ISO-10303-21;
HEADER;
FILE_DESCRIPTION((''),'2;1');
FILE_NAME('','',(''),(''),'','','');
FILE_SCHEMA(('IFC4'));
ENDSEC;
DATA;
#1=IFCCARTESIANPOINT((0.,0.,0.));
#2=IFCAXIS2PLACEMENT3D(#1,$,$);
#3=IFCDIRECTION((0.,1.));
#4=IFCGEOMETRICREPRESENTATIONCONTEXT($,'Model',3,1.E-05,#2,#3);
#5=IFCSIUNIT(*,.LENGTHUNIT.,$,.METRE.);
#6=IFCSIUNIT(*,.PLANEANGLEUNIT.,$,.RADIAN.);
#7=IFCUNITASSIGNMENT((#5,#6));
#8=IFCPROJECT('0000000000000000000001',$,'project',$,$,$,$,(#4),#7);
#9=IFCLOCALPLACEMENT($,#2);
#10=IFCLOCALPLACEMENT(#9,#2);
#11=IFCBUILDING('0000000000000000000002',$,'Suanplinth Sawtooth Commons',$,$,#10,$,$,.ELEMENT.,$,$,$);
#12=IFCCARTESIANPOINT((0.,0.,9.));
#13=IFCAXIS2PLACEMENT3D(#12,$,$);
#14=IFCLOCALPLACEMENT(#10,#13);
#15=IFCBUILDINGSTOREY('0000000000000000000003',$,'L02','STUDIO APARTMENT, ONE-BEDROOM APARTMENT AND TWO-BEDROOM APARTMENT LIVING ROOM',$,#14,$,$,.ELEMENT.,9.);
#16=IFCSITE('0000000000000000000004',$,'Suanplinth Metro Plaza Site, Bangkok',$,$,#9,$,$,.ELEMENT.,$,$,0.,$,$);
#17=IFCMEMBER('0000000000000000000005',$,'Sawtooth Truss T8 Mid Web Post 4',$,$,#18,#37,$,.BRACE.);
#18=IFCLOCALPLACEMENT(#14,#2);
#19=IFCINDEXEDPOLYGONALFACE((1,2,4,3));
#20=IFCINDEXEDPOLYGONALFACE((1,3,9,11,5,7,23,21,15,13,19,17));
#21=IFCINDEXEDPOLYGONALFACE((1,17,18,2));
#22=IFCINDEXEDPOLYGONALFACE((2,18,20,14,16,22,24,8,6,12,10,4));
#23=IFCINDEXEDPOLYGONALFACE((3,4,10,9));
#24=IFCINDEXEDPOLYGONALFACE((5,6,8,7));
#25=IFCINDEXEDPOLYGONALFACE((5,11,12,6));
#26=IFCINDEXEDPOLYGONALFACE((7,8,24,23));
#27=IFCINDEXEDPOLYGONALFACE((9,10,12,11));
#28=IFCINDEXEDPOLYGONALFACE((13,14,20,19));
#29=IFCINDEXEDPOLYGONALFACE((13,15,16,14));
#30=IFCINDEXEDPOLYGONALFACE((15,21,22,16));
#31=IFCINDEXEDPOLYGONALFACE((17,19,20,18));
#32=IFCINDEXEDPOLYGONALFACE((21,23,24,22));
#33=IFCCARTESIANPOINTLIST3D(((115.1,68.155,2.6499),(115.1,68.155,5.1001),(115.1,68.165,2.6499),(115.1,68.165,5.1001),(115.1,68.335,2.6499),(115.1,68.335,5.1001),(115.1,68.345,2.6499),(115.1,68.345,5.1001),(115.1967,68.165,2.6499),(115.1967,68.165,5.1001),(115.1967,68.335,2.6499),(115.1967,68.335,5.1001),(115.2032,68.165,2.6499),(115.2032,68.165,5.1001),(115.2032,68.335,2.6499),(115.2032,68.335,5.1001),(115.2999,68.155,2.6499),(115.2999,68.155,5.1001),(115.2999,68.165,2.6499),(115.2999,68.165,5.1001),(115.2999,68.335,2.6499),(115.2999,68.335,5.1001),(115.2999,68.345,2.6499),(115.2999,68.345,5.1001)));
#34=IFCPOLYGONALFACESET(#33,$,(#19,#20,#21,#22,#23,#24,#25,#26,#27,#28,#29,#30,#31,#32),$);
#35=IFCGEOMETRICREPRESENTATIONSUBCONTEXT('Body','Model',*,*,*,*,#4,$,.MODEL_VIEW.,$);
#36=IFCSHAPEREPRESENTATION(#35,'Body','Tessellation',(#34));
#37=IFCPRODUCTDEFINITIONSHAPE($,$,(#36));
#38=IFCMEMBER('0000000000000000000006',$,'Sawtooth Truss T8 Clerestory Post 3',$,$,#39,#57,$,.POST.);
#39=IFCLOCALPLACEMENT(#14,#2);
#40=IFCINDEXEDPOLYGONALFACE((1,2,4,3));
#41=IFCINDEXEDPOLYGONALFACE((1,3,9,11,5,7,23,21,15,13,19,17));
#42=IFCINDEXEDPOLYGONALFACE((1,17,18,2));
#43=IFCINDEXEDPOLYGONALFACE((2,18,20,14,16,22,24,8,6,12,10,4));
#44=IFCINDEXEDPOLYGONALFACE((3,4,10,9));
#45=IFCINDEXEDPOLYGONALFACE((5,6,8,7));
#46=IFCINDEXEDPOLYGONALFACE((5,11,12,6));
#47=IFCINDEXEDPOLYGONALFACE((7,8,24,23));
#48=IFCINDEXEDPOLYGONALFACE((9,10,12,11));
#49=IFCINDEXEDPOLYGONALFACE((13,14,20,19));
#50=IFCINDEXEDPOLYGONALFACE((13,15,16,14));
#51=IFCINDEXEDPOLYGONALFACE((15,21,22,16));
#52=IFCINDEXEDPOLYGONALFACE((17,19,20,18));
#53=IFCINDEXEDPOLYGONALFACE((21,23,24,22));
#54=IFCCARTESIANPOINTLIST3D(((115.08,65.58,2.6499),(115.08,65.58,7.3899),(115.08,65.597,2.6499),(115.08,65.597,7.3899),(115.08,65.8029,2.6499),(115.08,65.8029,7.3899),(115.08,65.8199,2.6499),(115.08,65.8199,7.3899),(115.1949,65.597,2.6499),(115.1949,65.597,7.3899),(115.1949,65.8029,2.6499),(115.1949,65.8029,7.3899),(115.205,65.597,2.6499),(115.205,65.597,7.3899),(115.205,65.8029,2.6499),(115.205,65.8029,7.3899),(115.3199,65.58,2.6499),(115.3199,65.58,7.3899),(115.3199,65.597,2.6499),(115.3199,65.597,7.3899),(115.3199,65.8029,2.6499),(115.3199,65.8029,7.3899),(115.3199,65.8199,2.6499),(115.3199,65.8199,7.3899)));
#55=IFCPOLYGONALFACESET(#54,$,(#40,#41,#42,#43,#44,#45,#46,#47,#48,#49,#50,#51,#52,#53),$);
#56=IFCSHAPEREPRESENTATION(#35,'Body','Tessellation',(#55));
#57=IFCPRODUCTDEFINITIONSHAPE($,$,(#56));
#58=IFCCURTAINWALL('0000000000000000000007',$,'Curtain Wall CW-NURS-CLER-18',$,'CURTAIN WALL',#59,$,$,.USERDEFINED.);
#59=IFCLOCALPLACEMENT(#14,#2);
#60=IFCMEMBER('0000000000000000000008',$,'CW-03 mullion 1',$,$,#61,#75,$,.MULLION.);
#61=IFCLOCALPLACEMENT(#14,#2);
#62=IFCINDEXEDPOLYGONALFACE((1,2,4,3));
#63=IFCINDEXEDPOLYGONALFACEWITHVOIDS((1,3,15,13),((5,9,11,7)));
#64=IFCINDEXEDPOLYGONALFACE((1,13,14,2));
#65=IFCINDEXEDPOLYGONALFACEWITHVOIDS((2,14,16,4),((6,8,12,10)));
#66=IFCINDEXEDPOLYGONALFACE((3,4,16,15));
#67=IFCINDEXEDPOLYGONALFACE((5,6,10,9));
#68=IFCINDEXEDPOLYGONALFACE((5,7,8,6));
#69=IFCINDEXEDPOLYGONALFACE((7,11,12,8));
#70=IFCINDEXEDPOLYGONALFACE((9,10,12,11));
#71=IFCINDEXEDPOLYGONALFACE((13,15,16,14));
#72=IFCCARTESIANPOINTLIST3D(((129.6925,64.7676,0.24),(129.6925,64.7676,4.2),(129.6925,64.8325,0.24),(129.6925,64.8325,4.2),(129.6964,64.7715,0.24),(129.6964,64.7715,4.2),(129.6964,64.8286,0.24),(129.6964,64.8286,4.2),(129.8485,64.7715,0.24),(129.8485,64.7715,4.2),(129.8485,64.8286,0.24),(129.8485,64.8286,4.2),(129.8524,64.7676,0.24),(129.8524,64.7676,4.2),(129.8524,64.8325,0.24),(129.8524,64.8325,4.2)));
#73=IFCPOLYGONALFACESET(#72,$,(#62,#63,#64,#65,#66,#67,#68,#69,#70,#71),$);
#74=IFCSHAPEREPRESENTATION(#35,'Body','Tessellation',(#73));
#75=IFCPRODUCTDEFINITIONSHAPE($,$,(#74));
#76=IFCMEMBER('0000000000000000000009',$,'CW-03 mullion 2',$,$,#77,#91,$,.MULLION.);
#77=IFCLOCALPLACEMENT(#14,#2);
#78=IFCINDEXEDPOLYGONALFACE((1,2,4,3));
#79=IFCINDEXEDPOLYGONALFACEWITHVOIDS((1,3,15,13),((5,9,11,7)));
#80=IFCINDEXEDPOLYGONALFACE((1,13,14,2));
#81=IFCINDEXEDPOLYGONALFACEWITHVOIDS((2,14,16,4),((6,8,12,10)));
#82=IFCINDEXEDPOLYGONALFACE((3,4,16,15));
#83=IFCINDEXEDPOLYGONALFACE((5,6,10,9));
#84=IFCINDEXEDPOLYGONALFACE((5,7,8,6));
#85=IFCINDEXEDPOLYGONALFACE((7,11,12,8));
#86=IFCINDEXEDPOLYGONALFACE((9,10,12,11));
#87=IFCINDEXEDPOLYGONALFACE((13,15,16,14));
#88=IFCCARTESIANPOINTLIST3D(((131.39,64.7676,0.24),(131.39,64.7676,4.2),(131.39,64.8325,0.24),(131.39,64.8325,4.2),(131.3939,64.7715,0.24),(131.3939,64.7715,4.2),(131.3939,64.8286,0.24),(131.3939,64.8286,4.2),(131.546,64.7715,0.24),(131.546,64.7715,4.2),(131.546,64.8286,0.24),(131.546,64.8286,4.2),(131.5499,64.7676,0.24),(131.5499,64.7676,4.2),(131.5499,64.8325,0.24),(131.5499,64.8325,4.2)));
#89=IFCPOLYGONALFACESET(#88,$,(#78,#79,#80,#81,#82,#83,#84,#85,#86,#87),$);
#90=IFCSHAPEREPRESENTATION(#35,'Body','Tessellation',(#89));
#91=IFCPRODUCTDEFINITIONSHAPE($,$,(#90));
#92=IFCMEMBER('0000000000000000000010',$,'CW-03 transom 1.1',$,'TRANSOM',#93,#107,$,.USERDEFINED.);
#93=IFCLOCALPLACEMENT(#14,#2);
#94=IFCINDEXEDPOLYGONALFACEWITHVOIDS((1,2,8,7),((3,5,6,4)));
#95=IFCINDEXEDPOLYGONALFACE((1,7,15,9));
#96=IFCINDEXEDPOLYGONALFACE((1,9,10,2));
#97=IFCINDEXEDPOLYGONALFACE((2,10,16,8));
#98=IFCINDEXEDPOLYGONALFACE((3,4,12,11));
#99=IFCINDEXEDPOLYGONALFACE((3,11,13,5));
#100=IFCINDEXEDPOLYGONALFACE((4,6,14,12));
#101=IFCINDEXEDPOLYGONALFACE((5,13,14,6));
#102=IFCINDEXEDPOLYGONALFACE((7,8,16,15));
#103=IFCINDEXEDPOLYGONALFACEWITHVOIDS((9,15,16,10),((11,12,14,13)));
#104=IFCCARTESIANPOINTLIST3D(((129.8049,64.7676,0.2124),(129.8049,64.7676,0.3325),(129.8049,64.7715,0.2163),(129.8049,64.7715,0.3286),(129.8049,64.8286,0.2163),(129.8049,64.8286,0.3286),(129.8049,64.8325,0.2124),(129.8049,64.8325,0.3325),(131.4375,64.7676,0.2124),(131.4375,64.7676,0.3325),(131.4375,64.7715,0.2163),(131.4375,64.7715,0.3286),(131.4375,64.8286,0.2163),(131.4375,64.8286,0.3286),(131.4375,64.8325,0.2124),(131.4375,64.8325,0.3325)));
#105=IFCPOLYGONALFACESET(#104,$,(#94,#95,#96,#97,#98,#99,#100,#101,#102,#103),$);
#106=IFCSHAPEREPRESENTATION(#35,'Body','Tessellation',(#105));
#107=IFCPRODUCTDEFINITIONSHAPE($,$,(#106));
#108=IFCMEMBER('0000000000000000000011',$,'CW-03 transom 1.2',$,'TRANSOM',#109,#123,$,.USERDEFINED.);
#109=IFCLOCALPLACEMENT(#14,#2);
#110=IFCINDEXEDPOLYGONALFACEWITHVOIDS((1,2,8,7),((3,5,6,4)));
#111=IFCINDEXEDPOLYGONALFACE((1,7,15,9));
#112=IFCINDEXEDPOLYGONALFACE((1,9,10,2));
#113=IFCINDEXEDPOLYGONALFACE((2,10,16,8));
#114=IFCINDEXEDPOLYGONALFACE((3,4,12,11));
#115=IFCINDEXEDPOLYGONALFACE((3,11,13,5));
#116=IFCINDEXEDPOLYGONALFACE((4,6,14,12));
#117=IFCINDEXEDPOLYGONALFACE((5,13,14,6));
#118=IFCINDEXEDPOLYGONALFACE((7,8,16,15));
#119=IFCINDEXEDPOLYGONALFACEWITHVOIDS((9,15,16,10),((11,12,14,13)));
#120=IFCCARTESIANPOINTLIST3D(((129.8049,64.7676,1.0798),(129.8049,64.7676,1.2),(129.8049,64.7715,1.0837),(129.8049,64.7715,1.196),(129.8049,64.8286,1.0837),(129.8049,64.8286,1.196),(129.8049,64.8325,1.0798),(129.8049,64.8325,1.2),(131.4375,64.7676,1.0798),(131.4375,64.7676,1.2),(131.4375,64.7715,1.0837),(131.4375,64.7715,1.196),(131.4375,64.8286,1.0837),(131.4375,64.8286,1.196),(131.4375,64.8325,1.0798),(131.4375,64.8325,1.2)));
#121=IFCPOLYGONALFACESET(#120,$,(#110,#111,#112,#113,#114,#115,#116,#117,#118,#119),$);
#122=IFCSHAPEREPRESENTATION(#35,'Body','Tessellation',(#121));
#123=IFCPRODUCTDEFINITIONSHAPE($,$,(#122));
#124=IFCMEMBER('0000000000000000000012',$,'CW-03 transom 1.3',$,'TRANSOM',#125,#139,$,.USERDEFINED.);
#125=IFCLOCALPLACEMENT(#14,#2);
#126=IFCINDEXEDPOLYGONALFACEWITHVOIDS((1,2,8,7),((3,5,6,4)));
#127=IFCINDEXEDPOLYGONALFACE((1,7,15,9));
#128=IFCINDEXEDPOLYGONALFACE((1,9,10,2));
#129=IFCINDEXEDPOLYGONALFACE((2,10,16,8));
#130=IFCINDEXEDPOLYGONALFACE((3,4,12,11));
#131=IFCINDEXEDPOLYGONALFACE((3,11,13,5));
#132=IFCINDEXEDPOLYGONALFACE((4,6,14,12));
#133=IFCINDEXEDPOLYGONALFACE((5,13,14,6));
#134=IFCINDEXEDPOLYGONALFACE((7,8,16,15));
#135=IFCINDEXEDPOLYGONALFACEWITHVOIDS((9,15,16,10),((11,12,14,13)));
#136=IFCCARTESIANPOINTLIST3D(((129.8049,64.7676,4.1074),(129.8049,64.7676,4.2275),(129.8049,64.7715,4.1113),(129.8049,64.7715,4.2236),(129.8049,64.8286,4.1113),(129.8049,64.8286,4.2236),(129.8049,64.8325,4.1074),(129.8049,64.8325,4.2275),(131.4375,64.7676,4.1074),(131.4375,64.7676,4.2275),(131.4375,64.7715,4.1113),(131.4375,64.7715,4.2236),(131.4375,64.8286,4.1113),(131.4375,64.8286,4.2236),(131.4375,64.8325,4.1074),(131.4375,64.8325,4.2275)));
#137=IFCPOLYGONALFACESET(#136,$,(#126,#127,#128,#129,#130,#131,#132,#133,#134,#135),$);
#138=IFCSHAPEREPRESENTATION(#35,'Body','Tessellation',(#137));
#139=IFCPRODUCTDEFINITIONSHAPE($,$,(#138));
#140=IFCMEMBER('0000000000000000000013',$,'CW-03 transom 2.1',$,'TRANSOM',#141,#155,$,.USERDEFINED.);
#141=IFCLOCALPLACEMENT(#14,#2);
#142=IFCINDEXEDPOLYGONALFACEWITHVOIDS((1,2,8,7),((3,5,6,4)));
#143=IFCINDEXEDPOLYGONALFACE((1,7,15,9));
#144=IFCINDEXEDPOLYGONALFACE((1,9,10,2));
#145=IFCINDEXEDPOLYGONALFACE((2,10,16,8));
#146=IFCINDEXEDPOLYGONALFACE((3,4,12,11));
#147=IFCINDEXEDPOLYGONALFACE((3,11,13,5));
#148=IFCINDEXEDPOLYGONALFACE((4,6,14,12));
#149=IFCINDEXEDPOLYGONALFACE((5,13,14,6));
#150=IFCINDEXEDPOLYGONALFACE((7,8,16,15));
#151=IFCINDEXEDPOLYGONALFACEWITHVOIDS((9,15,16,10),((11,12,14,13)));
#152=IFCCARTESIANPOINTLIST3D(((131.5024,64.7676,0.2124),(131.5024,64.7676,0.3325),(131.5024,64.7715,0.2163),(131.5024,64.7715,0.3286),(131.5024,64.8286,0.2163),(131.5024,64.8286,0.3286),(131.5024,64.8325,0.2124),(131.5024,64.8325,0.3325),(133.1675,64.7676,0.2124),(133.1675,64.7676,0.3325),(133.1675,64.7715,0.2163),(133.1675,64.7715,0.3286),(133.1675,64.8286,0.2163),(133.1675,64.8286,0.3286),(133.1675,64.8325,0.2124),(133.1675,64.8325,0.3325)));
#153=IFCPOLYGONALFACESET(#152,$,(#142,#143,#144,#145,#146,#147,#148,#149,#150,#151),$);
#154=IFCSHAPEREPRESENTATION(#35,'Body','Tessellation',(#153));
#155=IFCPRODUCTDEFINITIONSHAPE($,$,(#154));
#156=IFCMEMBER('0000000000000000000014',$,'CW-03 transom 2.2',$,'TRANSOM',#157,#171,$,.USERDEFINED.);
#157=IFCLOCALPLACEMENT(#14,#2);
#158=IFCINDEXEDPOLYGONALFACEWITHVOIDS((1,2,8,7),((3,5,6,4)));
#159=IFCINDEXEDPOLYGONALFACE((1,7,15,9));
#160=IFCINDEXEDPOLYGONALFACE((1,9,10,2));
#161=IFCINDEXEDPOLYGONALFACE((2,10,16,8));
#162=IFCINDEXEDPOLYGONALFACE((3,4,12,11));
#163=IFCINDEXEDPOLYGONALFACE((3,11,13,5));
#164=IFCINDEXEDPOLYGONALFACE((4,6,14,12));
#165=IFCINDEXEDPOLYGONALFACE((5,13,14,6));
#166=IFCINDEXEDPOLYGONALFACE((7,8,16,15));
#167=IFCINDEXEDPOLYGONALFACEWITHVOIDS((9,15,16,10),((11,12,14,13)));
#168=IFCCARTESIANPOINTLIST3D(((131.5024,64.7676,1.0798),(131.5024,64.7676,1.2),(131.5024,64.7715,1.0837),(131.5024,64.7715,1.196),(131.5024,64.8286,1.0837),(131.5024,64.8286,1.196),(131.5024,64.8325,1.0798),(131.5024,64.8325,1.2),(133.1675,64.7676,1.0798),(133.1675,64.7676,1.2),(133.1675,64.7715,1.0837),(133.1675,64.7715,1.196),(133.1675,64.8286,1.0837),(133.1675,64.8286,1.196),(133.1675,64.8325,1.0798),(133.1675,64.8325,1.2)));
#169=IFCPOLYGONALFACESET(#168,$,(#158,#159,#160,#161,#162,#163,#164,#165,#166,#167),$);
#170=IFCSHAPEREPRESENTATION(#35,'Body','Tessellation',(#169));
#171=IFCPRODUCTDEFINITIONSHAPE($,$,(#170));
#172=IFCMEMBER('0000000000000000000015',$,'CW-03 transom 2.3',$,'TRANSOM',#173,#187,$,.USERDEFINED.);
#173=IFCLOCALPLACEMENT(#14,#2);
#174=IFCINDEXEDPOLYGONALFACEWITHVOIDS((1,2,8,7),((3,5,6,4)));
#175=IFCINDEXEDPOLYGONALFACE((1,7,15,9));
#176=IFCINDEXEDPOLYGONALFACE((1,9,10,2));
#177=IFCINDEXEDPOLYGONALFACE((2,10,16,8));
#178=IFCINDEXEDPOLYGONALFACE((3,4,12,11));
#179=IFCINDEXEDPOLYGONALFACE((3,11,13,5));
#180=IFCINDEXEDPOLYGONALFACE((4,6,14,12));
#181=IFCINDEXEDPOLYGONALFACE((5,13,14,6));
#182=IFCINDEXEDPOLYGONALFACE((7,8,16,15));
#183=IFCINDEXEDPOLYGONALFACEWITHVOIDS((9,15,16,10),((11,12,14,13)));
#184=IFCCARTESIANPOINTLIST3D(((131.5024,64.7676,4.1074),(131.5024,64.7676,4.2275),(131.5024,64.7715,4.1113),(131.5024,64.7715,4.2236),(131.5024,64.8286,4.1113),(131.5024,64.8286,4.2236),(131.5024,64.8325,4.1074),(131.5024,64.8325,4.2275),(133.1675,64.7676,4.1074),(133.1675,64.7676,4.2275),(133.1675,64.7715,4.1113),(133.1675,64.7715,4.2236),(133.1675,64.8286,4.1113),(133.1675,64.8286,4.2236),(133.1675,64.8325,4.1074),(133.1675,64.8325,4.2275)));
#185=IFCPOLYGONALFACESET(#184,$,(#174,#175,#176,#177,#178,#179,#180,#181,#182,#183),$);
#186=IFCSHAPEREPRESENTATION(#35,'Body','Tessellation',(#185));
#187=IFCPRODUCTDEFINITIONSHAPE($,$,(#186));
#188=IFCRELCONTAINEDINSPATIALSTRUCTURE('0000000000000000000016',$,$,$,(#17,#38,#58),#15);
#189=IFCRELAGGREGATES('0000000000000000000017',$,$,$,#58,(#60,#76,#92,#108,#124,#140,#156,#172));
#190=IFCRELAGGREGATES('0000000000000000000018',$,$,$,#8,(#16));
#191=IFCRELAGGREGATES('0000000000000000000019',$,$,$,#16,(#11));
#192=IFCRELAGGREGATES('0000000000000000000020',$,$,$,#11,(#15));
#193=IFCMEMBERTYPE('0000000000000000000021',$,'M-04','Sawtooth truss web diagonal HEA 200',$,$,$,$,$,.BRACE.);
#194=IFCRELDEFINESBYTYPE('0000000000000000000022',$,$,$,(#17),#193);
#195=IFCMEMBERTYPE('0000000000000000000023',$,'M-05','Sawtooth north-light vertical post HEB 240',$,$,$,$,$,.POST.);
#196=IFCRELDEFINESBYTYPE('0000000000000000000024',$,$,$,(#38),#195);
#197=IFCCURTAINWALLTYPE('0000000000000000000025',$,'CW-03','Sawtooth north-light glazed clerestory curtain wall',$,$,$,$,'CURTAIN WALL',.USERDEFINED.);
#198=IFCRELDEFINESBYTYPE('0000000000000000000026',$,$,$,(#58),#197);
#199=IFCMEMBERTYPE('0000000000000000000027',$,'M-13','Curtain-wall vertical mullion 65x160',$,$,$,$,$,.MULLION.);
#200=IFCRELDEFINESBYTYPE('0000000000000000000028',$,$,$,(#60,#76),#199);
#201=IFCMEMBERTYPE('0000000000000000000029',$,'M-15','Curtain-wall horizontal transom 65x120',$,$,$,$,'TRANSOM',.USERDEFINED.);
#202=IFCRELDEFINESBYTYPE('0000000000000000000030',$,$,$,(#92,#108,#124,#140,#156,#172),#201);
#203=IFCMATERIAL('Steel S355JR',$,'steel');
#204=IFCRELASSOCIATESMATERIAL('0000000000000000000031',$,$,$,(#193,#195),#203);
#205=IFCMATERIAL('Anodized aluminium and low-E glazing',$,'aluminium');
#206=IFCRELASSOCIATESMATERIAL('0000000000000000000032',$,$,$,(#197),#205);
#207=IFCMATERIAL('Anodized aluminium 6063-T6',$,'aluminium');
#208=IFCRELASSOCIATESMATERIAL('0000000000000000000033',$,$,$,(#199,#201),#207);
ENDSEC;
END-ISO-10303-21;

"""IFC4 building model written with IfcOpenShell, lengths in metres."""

from ifc_helpers import new_model, si_unit, direction, frame, origin, origin_2d, place, context, subcontext, project, spatial, hollow_rectangle, i_section, extrude, material, material_profile, profile_set, type_object, element, aggregate, save


model = new_model("IFC4")

# Units and contexts
model_context = context("Model", 3, precision=1e-05, world=origin(), true_north=direction((0.0, 1.0)))
body_context = subcontext(model_context, "Body", "Model", "MODEL_VIEW")
ifc_project = project(units=[si_unit("LENGTHUNIT", "METRE"), si_unit("PLANEANGLEUNIT", "RADIAN")], contexts=[model_context])

# Site, building, storey
site_placement = place(None, origin())
site = spatial("IfcSite", under=ifc_project, at=site_placement, Name="Suanplinth Metro Plaza Site, Bangkok", CompositionType="ELEMENT", RefElevation=0.0)
building_placement = place(site_placement, origin())
building = spatial("IfcBuilding", under=site, at=building_placement, Name="Suanplinth Sawtooth Commons", CompositionType="ELEMENT")
storey_placement = place(building_placement, frame((0.0, 0.0, 9.0)))
storey = spatial("IfcBuildingStorey", under=building, at=storey_placement, Name="L02", Description="STUDIO APARTMENT, ONE-BEDROOM APARTMENT AND TWO-BEDROOM APARTMENT LIVING ROOM", CompositionType="ELEMENT", Elevation=9.0)

# Shared definitions
ifc_material_1 = material(Name="Steel S355JR", Category="steel")

# Members
ifc_material_profile_1 = material_profile(ifc_material_1, i_section(OverallWidth=0.2, OverallDepth=0.1899, WebThickness=0.0066, FlangeThickness=0.01, at=origin_2d()), Name="HEA 200")
ifc_profile_set_1 = profile_set([ifc_material_profile_1], Name="Steel S355JR")
member_type_1 = type_object("IfcMemberType", Name="M-04", Description="Sawtooth truss web diagonal HEA 200", PredefinedType="BRACE", material=ifc_profile_set_1)
member_1_placement = place(storey_placement, frame((115.2, 68.25, 2.6499), z_axis=(0.0, 0.0, 1.0), x_axis=(1.0, 0.0, 0.0)))
element("IfcMember", 1, at=member_1_placement, inside=storey, type_object=member_type_1, Name="Sawtooth Truss T8 Mid Web Post 4", PredefinedType="BRACE", context=body_context, shape_type="SweptSolid", body=[
    extrude(i_section(OverallWidth=0.2, OverallDepth=0.1899, WebThickness=0.0066, FlangeThickness=0.01, at=origin_2d()), origin(), (0.0, 0.0, 1.0), 2.4502),
])
ifc_material_profile_2 = material_profile(ifc_material_1, i_section(OverallWidth=0.24, OverallDepth=0.24, WebThickness=0.01, FlangeThickness=0.0171, at=origin_2d()), Name="HEB 240")
ifc_profile_set_2 = profile_set([ifc_material_profile_2], Name="Steel S355JR")
member_type_2 = type_object("IfcMemberType", Name="M-05", Description="Sawtooth north-light vertical post HEB 240", PredefinedType="POST", material=ifc_profile_set_2)
member_2_placement = place(storey_placement, frame((115.2, 65.7, 2.6499), z_axis=(0.0, 0.0, 1.0), x_axis=(1.0, 0.0, 0.0)))
element("IfcMember", 2, at=member_2_placement, inside=storey, type_object=member_type_2, Name="Sawtooth Truss T8 Clerestory Post 3", PredefinedType="POST", context=body_context, shape_type="SweptSolid", body=[
    extrude(i_section(OverallWidth=0.24, OverallDepth=0.24, WebThickness=0.01, FlangeThickness=0.0171, at=origin_2d()), origin(), (0.0, 0.0, 1.0), 4.74),
])

# Curtain wall, members
ifc_material_2 = material(Name="Anodized aluminium and low-E glazing", Category="aluminium")
curtain_wall_type = type_object("IfcCurtainWallType", Name="CW-03", Description="Sawtooth north-light glazed clerestory curtain wall", ElementType="CURTAIN WALL", PredefinedType="USERDEFINED", material=ifc_material_2)
curtain_wall_placement = place(storey_placement, origin())
curtain_wall = element("IfcCurtainWall", 3, at=curtain_wall_placement, inside=storey, type_object=curtain_wall_type, Name="Curtain Wall CW-NURS-CLER-18", ObjectType="CURTAIN WALL", PredefinedType="USERDEFINED")
ifc_material_3 = material(Name="Anodized aluminium 6063-T6", Category="aluminium")
ifc_material_profile_3 = material_profile(ifc_material_3, hollow_rectangle(XDim=0.0649, YDim=0.1599, WallThickness=0.0039, at=origin_2d()), Name="ALU-MUL 65x160")
ifc_profile_set_3 = profile_set([ifc_material_profile_3], Name="Anodized aluminium 6063-T6")
member_type_3 = type_object("IfcMemberType", Name="M-13", Description="Curtain-wall vertical mullion 65x160", PredefinedType="MULLION", material=ifc_profile_set_3)
member_3_placement = place(storey_placement, frame((129.7725, 64.8, 0.24), z_axis=(0.0, 0.0, 1.0), x_axis=(0.0, 1.0, 0.0)))
member_3 = element("IfcMember", 4, at=member_3_placement, type_object=member_type_3, Name="CW-03 mullion 1", PredefinedType="MULLION", context=body_context, shape_type="SweptSolid", body=[
    extrude(hollow_rectangle(XDim=0.0649, YDim=0.1599, WallThickness=0.0039, at=origin_2d()), origin(), (0.0, 0.0, 1.0), 3.96),
])
member_4_placement = place(storey_placement, frame((131.47, 64.8, 0.24), z_axis=(0.0, 0.0, 1.0), x_axis=(0.0, 1.0, 0.0)))
member_4 = element("IfcMember", 5, at=member_4_placement, type_object=member_type_3, Name="CW-03 mullion 2", PredefinedType="MULLION", context=body_context, shape_type="SweptSolid", body=[
    extrude(hollow_rectangle(XDim=0.0649, YDim=0.1599, WallThickness=0.0039, at=origin_2d()), origin(), (0.0, 0.0, 1.0), 3.96),
])
ifc_material_profile_4 = material_profile(ifc_material_3, hollow_rectangle(XDim=0.0649, YDim=0.1201, WallThickness=0.0039, at=origin_2d()), Name="ALU-TRN 65x120")
ifc_profile_set_4 = profile_set([ifc_material_profile_4], Name="Anodized aluminium 6063-T6")
member_type_4 = type_object("IfcMemberType", Name="M-15", Description="Curtain-wall horizontal transom 65x120", ElementType="TRANSOM", PredefinedType="USERDEFINED", material=ifc_profile_set_4)
member_5_placement = place(storey_placement, frame((129.8049, 64.8, 0.2725), z_axis=(1.0, 0.0, 0.0), x_axis=(0.0, 1.0, 0.0)))
member_5 = element("IfcMember", 6, at=member_5_placement, type_object=member_type_4, Name="CW-03 transom 1.1", ObjectType="TRANSOM", PredefinedType="USERDEFINED", context=body_context, shape_type="SweptSolid", body=[
    extrude(hollow_rectangle(XDim=0.0649, YDim=0.1201, WallThickness=0.0039, at=origin_2d()), origin(), (0.0, 0.0, 1.0), 1.6326),
])
member_6_placement = place(storey_placement, frame((129.8049, 64.8, 1.1399), z_axis=(1.0, 0.0, 0.0), x_axis=(0.0, 1.0, 0.0)))
member_6 = element("IfcMember", 7, at=member_6_placement, type_object=member_type_4, Name="CW-03 transom 1.2", ObjectType="TRANSOM", PredefinedType="USERDEFINED", context=body_context, shape_type="SweptSolid", body=[
    extrude(hollow_rectangle(XDim=0.0649, YDim=0.1201, WallThickness=0.0039, at=origin_2d()), origin(), (0.0, 0.0, 1.0), 1.6326),
])
member_7_placement = place(storey_placement, frame((129.8049, 64.8, 4.1675), z_axis=(1.0, 0.0, 0.0), x_axis=(0.0, 1.0, 0.0)))
member_7 = element("IfcMember", 8, at=member_7_placement, type_object=member_type_4, Name="CW-03 transom 1.3", ObjectType="TRANSOM", PredefinedType="USERDEFINED", context=body_context, shape_type="SweptSolid", body=[
    extrude(hollow_rectangle(XDim=0.0649, YDim=0.1201, WallThickness=0.0039, at=origin_2d()), origin(), (0.0, 0.0, 1.0), 1.6326),
])
member_8_placement = place(storey_placement, frame((131.5024, 64.8, 0.2725), z_axis=(1.0, 0.0, 0.0), x_axis=(0.0, 1.0, 0.0)))
member_8 = element("IfcMember", 9, at=member_8_placement, type_object=member_type_4, Name="CW-03 transom 2.1", ObjectType="TRANSOM", PredefinedType="USERDEFINED", context=body_context, shape_type="SweptSolid", body=[
    extrude(hollow_rectangle(XDim=0.0649, YDim=0.1201, WallThickness=0.0039, at=origin_2d()), origin(), (0.0, 0.0, 1.0), 1.665),
])
member_9_placement = place(storey_placement, frame((131.5024, 64.8, 1.1399), z_axis=(1.0, 0.0, 0.0), x_axis=(0.0, 1.0, 0.0)))
member_9 = element("IfcMember", 10, at=member_9_placement, type_object=member_type_4, Name="CW-03 transom 2.2", ObjectType="TRANSOM", PredefinedType="USERDEFINED", context=body_context, shape_type="SweptSolid", body=[
    extrude(hollow_rectangle(XDim=0.0649, YDim=0.1201, WallThickness=0.0039, at=origin_2d()), origin(), (0.0, 0.0, 1.0), 1.665),
])
member_10_placement = place(storey_placement, frame((131.5024, 64.8, 4.1675), z_axis=(1.0, 0.0, 0.0), x_axis=(0.0, 1.0, 0.0)))
member_10 = element("IfcMember", 11, at=member_10_placement, type_object=member_type_4, Name="CW-03 transom 2.3", ObjectType="TRANSOM", PredefinedType="USERDEFINED", context=body_context, shape_type="SweptSolid", body=[
    extrude(hollow_rectangle(XDim=0.0649, YDim=0.1201, WallThickness=0.0039, at=origin_2d()), origin(), (0.0, 0.0, 1.0), 1.665),
])

aggregate(curtain_wall, [member_3, member_4, member_5, member_6, member_7, member_8, member_9, member_10])

save(model, "model.ifc")
